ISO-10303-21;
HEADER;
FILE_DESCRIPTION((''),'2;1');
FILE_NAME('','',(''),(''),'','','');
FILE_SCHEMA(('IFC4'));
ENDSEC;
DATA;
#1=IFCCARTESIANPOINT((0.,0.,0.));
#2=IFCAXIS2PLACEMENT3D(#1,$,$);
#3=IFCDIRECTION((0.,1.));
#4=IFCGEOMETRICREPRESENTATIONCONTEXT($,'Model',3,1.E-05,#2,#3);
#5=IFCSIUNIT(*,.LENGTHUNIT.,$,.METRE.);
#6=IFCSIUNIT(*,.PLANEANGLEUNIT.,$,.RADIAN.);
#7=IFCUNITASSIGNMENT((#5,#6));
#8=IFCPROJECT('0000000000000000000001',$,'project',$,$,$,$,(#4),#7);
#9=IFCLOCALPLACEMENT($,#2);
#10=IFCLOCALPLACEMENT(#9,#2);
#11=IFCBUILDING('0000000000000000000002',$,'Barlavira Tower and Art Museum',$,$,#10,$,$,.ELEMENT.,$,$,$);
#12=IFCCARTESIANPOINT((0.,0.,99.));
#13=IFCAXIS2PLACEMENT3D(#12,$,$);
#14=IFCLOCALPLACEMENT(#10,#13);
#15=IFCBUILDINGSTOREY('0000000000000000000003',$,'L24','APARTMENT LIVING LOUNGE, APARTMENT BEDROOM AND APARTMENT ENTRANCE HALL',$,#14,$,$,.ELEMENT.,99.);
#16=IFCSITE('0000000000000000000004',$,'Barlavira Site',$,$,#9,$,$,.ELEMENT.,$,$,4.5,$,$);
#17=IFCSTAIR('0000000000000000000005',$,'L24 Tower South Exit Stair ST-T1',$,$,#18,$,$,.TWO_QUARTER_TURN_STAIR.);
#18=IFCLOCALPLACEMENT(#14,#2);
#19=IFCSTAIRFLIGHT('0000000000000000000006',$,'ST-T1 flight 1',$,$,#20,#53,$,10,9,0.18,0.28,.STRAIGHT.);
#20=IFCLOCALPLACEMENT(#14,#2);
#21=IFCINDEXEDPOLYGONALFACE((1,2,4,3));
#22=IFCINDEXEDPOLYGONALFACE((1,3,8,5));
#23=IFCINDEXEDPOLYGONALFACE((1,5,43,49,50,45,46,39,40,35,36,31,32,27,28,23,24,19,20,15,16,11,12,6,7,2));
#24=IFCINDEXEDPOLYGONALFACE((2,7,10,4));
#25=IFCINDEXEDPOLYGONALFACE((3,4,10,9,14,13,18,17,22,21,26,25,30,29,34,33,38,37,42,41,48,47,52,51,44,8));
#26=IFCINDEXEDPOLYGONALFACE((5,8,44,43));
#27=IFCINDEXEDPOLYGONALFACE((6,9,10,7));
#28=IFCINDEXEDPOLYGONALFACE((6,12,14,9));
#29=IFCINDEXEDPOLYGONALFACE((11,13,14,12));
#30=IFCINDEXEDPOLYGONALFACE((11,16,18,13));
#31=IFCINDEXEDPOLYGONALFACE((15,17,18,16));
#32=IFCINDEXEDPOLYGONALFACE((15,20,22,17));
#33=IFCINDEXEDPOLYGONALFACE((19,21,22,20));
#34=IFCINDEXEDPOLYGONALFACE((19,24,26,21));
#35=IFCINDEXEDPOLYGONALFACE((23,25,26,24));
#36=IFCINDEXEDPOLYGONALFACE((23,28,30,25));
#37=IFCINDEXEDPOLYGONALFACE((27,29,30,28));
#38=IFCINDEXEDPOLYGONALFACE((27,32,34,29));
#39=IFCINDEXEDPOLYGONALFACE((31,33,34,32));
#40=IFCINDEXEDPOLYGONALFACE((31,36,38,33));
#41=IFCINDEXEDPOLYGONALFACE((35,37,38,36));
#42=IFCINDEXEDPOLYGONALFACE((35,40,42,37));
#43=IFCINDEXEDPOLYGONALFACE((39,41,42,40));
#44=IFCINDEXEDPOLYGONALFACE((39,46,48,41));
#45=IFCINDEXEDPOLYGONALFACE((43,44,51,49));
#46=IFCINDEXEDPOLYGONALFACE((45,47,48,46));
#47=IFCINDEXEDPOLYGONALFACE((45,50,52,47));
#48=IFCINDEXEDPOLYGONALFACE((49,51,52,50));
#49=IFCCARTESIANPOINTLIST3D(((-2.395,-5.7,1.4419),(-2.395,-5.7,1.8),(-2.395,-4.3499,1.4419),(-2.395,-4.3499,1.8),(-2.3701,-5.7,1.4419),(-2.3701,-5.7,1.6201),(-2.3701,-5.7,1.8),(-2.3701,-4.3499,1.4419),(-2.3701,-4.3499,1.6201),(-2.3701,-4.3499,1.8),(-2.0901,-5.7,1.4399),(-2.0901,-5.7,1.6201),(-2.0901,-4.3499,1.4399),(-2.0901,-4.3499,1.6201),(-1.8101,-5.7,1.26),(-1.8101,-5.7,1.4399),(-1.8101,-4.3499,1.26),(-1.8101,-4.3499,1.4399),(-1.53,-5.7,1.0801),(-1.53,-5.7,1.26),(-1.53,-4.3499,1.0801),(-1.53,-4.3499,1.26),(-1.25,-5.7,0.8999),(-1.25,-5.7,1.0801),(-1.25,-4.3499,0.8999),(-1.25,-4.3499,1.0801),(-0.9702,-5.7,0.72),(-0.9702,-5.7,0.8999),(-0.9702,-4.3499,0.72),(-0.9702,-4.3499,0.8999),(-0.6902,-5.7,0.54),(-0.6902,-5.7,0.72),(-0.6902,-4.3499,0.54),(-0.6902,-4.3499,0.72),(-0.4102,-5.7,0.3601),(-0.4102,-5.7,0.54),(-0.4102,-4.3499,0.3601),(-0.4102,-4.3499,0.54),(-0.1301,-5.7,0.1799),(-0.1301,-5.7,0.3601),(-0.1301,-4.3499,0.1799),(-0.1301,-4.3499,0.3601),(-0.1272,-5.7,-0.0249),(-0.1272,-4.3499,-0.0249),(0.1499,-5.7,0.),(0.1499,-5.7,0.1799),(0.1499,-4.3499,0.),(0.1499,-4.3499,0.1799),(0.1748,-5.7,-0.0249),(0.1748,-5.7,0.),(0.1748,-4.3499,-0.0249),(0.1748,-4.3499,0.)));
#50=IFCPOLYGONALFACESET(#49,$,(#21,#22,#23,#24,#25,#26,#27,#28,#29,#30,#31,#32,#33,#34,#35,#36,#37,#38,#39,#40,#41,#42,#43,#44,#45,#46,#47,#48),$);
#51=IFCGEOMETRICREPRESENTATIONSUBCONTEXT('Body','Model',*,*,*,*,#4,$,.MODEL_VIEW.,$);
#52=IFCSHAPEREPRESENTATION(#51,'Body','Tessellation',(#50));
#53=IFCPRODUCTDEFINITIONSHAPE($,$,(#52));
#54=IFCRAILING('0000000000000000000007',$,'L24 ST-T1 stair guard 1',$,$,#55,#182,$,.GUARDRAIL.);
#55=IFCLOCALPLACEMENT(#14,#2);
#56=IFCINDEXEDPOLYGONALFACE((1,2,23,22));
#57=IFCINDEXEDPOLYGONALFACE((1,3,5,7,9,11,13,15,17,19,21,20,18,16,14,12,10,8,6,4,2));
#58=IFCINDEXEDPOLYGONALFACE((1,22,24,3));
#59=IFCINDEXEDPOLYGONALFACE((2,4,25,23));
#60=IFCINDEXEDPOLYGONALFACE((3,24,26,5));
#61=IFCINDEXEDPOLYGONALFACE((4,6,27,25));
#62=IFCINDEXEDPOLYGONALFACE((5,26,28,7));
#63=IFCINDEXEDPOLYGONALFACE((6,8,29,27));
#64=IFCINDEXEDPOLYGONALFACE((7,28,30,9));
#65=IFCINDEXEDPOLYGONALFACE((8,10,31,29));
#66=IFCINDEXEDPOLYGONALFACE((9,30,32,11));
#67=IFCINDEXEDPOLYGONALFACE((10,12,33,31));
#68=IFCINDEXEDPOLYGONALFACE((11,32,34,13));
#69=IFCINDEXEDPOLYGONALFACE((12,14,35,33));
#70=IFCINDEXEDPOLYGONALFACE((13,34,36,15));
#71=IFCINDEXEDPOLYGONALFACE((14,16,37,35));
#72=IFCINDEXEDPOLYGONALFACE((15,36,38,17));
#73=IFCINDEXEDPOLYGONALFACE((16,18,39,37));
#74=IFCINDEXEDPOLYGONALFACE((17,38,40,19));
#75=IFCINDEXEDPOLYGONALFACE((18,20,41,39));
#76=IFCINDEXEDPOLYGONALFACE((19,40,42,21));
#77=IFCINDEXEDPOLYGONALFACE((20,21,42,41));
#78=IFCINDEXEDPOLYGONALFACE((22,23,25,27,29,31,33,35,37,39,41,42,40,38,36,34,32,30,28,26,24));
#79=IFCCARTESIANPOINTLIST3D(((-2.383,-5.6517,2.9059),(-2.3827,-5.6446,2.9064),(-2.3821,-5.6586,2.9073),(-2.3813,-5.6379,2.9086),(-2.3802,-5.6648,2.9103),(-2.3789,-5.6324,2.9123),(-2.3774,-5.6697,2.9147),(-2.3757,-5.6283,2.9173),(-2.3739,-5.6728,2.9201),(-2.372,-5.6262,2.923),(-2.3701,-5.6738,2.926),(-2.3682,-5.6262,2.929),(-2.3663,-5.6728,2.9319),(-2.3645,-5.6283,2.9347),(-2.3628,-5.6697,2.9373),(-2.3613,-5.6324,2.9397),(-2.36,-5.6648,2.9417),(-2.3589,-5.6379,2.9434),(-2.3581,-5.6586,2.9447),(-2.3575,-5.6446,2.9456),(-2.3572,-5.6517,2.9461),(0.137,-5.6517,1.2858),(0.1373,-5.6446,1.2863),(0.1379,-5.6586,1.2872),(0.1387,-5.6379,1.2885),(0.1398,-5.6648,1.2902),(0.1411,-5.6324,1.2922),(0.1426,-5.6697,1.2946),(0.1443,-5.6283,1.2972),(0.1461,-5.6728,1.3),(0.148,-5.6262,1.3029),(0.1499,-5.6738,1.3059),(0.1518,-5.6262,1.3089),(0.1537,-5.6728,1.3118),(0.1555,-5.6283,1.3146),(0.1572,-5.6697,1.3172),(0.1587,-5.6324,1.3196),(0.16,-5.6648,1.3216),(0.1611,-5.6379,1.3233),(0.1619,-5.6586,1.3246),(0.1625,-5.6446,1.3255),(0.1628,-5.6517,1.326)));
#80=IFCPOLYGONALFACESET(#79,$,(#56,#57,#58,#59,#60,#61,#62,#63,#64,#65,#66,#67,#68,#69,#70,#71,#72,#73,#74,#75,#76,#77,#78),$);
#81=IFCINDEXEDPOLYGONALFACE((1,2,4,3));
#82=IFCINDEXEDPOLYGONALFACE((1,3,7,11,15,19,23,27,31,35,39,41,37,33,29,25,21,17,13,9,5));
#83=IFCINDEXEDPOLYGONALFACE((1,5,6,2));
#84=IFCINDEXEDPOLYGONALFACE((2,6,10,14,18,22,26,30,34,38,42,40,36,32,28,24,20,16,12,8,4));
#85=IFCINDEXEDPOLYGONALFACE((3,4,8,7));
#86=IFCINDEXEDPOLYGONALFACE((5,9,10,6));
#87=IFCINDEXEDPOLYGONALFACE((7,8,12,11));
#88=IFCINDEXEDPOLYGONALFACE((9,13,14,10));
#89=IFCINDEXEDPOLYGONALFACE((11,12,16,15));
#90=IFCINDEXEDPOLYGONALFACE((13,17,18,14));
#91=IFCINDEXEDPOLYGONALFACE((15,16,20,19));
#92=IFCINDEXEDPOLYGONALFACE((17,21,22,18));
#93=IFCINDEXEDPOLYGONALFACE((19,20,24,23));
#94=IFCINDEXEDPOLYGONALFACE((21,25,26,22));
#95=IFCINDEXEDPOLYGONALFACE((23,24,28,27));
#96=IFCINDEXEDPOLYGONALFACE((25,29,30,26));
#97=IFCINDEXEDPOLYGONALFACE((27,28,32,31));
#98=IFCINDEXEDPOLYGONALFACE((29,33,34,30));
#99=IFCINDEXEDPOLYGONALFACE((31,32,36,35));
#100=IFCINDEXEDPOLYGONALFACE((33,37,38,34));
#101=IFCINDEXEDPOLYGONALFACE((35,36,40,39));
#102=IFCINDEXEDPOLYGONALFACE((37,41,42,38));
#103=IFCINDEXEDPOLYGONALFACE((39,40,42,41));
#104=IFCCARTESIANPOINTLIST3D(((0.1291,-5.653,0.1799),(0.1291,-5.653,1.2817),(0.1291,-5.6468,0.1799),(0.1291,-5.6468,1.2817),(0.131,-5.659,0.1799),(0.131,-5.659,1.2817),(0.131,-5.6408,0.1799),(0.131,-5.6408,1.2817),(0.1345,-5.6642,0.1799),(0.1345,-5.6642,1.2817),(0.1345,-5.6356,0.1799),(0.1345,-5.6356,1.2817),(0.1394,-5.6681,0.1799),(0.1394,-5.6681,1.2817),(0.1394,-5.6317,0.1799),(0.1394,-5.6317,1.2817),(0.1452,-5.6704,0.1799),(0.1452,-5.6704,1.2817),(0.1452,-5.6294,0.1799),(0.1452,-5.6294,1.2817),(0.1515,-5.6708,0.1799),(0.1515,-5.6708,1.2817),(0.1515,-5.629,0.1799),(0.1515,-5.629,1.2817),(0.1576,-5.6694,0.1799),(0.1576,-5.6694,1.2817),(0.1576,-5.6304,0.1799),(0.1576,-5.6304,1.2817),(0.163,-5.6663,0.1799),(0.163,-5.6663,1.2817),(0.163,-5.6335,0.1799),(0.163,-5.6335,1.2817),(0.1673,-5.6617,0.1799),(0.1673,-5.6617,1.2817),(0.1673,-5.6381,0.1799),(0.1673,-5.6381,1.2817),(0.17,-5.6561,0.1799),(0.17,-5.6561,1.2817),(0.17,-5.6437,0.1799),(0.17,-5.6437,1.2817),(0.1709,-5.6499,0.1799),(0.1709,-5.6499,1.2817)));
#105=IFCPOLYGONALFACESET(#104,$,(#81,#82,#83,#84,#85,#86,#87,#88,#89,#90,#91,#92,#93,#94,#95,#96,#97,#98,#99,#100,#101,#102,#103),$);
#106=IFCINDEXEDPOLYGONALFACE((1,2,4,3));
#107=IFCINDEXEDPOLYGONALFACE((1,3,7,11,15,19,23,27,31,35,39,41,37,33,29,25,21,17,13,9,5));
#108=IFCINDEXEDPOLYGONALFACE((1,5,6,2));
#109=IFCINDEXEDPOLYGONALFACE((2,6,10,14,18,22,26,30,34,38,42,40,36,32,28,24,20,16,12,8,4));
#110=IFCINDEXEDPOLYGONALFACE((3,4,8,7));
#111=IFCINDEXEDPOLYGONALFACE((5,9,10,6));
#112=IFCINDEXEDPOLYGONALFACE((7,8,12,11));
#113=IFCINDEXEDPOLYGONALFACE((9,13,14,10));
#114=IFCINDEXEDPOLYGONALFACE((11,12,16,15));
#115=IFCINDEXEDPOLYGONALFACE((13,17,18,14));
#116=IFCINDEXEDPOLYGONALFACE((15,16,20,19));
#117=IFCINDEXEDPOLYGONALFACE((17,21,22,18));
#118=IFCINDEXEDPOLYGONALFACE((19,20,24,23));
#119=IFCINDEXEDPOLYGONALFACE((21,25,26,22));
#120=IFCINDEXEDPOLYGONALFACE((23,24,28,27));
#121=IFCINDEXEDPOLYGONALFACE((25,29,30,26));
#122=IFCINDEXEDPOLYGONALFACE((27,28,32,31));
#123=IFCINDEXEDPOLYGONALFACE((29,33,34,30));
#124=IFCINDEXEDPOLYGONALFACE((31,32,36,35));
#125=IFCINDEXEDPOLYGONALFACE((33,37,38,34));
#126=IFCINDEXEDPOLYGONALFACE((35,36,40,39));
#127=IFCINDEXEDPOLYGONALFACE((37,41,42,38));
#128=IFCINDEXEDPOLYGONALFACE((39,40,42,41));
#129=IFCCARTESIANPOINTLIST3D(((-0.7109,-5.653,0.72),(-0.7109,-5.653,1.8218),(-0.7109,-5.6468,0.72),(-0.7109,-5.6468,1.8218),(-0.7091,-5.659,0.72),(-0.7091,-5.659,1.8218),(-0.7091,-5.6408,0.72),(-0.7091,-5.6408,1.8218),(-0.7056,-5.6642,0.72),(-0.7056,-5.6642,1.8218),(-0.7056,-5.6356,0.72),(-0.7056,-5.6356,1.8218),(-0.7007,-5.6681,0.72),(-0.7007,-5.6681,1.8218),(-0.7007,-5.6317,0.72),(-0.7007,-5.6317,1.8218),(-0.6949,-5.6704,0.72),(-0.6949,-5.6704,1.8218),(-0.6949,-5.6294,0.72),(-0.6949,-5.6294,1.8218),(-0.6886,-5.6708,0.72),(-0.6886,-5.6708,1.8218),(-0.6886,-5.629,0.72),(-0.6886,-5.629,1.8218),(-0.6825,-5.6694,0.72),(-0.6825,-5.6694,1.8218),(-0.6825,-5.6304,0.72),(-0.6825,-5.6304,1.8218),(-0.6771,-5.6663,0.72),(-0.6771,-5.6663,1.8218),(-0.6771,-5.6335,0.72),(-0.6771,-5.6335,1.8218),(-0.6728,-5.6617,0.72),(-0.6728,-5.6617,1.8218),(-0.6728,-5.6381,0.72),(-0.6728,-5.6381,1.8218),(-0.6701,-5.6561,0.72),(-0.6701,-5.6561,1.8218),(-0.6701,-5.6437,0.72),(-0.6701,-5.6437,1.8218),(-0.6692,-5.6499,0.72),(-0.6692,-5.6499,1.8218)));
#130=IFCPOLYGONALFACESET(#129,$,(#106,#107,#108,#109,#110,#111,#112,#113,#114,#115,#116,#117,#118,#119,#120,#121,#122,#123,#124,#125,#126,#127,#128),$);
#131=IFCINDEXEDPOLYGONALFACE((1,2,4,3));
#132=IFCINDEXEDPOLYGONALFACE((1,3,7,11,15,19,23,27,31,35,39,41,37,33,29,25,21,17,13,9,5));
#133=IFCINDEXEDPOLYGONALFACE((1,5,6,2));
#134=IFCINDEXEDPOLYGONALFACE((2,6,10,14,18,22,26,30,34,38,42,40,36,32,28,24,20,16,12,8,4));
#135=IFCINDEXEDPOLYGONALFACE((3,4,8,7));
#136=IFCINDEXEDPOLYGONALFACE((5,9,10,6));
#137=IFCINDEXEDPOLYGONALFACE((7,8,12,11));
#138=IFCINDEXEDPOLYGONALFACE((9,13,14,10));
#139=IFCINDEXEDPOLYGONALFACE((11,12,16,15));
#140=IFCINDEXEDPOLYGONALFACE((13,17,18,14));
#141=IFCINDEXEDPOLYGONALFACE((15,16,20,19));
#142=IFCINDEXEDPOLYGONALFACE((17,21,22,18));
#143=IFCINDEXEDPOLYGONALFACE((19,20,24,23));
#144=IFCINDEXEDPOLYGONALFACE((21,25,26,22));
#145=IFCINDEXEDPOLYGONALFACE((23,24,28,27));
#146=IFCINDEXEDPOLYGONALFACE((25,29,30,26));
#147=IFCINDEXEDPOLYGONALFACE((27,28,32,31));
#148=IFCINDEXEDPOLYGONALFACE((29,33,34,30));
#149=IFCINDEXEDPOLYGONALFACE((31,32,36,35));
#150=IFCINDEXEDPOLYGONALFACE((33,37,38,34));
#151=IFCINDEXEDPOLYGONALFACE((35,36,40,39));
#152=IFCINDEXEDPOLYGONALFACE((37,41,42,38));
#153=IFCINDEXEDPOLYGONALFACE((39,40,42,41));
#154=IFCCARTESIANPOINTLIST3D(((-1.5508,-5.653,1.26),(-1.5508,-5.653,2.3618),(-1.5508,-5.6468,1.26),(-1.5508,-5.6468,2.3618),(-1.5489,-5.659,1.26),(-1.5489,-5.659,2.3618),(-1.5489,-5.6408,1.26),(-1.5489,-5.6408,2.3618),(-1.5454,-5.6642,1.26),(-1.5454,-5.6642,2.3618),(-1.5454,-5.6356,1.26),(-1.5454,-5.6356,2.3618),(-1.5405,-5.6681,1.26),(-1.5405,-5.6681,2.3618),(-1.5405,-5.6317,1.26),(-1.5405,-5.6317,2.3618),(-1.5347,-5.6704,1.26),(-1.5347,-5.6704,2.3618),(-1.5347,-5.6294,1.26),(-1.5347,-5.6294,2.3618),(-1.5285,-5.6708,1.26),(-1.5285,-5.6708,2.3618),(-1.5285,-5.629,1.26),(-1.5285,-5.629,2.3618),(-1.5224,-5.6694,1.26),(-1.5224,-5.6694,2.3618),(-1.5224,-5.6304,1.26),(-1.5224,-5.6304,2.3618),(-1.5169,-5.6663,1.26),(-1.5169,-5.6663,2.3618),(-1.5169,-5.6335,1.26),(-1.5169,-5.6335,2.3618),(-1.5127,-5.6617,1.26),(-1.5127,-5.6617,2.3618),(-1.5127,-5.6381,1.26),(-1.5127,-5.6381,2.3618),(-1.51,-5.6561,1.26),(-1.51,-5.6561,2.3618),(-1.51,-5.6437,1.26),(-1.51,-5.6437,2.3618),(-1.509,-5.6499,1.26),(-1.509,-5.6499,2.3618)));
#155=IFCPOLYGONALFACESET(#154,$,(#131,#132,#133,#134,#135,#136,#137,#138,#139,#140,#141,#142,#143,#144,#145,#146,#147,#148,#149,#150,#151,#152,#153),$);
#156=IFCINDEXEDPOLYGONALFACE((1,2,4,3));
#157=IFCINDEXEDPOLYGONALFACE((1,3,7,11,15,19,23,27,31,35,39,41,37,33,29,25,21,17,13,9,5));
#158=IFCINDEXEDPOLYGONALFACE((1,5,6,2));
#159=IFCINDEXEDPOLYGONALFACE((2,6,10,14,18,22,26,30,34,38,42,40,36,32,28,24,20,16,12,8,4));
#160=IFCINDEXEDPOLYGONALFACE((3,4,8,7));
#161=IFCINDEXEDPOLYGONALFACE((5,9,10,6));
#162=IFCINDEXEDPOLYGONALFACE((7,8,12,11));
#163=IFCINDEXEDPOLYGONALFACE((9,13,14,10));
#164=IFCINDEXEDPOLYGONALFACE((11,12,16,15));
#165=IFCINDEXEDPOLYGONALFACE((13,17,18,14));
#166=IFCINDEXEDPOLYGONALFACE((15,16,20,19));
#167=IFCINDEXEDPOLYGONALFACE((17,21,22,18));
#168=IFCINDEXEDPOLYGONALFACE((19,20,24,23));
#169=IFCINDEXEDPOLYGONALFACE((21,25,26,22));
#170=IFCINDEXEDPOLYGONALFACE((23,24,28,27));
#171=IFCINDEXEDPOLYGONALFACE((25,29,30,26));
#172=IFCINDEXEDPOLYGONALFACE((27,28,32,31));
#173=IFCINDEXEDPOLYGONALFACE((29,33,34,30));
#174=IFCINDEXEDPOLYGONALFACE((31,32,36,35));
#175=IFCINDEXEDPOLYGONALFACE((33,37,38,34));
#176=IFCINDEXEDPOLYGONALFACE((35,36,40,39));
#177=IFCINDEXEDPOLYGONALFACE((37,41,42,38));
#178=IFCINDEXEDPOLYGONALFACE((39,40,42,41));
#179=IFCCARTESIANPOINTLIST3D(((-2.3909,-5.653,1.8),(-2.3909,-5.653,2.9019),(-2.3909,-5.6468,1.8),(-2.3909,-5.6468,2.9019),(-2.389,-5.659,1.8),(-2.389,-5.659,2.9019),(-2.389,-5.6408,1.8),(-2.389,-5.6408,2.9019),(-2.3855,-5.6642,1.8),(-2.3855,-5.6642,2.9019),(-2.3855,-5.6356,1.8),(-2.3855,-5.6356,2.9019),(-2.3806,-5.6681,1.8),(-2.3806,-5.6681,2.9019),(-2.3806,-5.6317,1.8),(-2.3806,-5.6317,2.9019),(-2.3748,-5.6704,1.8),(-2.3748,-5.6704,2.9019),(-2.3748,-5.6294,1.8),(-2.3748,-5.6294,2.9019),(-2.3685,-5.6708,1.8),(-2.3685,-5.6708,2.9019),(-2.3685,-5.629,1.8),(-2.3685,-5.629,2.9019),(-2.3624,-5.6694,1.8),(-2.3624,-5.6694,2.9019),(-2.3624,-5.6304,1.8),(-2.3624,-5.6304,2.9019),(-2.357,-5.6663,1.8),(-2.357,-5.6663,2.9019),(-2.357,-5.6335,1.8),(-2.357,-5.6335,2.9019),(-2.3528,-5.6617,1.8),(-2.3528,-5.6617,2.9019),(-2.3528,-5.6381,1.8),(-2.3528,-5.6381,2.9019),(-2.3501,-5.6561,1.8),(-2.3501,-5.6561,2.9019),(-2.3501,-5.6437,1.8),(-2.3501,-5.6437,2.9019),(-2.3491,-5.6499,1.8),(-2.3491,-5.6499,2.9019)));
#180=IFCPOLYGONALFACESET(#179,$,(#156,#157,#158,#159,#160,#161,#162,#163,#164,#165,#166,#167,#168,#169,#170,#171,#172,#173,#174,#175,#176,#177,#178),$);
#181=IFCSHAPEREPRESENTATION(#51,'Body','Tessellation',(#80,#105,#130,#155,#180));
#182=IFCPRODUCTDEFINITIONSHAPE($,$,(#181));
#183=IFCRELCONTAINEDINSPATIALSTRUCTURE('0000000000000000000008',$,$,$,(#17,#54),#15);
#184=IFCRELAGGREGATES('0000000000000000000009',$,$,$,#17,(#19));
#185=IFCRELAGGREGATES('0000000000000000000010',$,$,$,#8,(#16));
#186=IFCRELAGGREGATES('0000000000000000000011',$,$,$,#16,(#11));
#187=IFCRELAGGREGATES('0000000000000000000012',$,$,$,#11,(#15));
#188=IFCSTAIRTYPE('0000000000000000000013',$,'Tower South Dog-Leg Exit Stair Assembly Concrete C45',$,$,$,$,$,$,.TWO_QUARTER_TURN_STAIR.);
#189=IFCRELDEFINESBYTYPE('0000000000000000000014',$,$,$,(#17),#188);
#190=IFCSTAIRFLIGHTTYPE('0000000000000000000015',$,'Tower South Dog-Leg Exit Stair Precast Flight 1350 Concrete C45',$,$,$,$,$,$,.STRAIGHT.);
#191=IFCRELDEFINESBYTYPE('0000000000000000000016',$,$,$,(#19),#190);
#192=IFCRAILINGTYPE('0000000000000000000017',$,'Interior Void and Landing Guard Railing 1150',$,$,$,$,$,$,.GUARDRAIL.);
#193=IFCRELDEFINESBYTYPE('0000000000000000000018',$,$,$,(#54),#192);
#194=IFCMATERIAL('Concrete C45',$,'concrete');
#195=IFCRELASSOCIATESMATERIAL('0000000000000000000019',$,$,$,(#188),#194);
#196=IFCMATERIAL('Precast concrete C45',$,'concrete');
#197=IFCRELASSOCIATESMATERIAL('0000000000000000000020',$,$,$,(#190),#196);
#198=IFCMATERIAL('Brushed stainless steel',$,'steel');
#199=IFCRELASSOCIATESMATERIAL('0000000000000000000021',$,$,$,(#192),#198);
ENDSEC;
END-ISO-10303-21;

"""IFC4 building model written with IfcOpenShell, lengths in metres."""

from ifc_helpers import new_model, si_unit, direction, frame, origin, origin_2d, place, context, subcontext, project, spatial, polyline, circle, outline, extrude, material, type_object, element, aggregate, save


model = new_model("IFC4")

# Units and contexts
model_context = context("Model", 3, precision=1e-05, world=origin(), true_north=direction((0.0, 1.0)))
body_context = subcontext(model_context, "Body", "Model", "MODEL_VIEW")
ifc_project = project(units=[si_unit("LENGTHUNIT", "METRE"), si_unit("PLANEANGLEUNIT", "RADIAN")], contexts=[model_context])

# Site, building, storey
site_placement = place(None, origin())
site = spatial("IfcSite", under=ifc_project, at=site_placement, Name="Barlavira Site", CompositionType="ELEMENT", RefElevation=4.5)
building_placement = place(site_placement, origin())
building = spatial("IfcBuilding", under=site, at=building_placement, Name="Barlavira Tower and Art Museum", CompositionType="ELEMENT")
storey_placement = place(building_placement, frame((0.0, 0.0, 99.0)))
storey = spatial("IfcBuildingStorey", under=building, at=storey_placement, Name="L24", Description="APARTMENT LIVING LOUNGE, APARTMENT BEDROOM AND APARTMENT ENTRANCE HALL", CompositionType="ELEMENT", Elevation=99.0)

# Shared definitions
ifc_material_1 = material(Name="Brushed stainless steel", Category="steel")

# Stair, stair flight
ifc_material_2 = material(Name="Concrete C45", Category="concrete")
stair_type = type_object("IfcStairType", Name="Tower South Dog-Leg Exit Stair Assembly Concrete C45", PredefinedType="TWO_QUARTER_TURN_STAIR", material=ifc_material_2)
stair_placement = place(storey_placement, origin())
stair = element("IfcStair", 1, at=stair_placement, inside=storey, type_object=stair_type, Name="L24 Tower South Exit Stair ST-T1", PredefinedType="TWO_QUARTER_TURN_STAIR")
ifc_material_3 = material(Name="Precast concrete C45", Category="concrete")
stair_flight_type = type_object("IfcStairFlightType", Name="Tower South Dog-Leg Exit Stair Precast Flight 1350 Concrete C45", PredefinedType="STRAIGHT", material=ifc_material_3)
stair_flight_placement = place(storey_placement, frame((0.1499, -5.0249, 0.0), z_axis=(0.0, 0.0, 1.0), x_axis=(-1.0, 0.0, 0.0)))
stair_flight = element("IfcStairFlight", 2, at=stair_flight_placement, type_object=stair_flight_type, Name="ST-T1 flight 1", NumberOfRisers=10, NumberOfTreads=9, PredefinedType="STRAIGHT", RiserHeight=0.18, TreadLength=0.28, context=body_context, shape_type="SweptSolid", body=[
    extrude(outline(polyline([(-0.0249, 0.0), (0.0, 0.0), (0.0, 0.1799), (0.28, 0.1799), (0.28, 0.3601), (0.5601, 0.3601), (0.5601, 0.54), (0.8401, 0.54), (0.8401, 0.72), (1.1201, 0.72), (1.1201, 0.8999), (1.3999, 0.8999), (1.3999, 1.0801), (1.6799, 1.0801), (1.6799, 1.26), (1.96, 1.26), (1.96, 1.4399), (2.24, 1.4399), (2.24, 1.6201), (2.52, 1.6201), (2.52, 1.8), (2.5449, 1.8), (2.5449, 1.4419), (2.52, 1.4419), (0.2771, -0.0249), (-0.0249, -0.0249), (-0.0249, 0.0)])), frame((0.0, 0.675, 0.0), z_axis=(0.0, -1.0, 0.0), x_axis=(1.0, 0.0, 0.0)), (0.0, 0.0, 1.0), 1.3501),
])
aggregate(stair, [stair_flight])

# Railing
railing_type_1 = type_object("IfcRailingType", Name="Interior Void and Landing Guard Railing 1150", PredefinedType="GUARDRAIL", material=ifc_material_1)
railing_1_placement = place(storey_placement, frame((0.1499, -5.6499, 0.1799)))
element("IfcRailing", 3, at=railing_1_placement, inside=storey, type_object=railing_type_1, Name="L24 ST-T1 stair guard 1", PredefinedType="GUARDRAIL", context=body_context, shape_type="SweptSolid", body=[
    extrude(circle(Radius=0.0239, at=origin_2d()), frame((0.0, 0.0, 1.126), z_axis=(-0.841163, 0.0, 0.540782), x_axis=(0.0, -1.0, 0.0)), (0.0, 0.0, 1.0), 2.9958),
    extrude(circle(Radius=0.021, at=origin_2d()), origin(), (0.0, 0.0, 1.0), 1.1018),
    extrude(circle(Radius=0.021, at=origin_2d()), frame((-0.8401, 0.0, 0.54)), (0.0, 0.0, 1.0), 1.1018),
    extrude(circle(Radius=0.021, at=origin_2d()), frame((-1.6799, 0.0, 1.0801)), (0.0, 0.0, 1.0), 1.1018),
    extrude(circle(Radius=0.021, at=origin_2d()), frame((-2.52, 0.0, 1.6201)), (0.0, 0.0, 1.0), 1.1018),
])

save(model, "model.ifc")
